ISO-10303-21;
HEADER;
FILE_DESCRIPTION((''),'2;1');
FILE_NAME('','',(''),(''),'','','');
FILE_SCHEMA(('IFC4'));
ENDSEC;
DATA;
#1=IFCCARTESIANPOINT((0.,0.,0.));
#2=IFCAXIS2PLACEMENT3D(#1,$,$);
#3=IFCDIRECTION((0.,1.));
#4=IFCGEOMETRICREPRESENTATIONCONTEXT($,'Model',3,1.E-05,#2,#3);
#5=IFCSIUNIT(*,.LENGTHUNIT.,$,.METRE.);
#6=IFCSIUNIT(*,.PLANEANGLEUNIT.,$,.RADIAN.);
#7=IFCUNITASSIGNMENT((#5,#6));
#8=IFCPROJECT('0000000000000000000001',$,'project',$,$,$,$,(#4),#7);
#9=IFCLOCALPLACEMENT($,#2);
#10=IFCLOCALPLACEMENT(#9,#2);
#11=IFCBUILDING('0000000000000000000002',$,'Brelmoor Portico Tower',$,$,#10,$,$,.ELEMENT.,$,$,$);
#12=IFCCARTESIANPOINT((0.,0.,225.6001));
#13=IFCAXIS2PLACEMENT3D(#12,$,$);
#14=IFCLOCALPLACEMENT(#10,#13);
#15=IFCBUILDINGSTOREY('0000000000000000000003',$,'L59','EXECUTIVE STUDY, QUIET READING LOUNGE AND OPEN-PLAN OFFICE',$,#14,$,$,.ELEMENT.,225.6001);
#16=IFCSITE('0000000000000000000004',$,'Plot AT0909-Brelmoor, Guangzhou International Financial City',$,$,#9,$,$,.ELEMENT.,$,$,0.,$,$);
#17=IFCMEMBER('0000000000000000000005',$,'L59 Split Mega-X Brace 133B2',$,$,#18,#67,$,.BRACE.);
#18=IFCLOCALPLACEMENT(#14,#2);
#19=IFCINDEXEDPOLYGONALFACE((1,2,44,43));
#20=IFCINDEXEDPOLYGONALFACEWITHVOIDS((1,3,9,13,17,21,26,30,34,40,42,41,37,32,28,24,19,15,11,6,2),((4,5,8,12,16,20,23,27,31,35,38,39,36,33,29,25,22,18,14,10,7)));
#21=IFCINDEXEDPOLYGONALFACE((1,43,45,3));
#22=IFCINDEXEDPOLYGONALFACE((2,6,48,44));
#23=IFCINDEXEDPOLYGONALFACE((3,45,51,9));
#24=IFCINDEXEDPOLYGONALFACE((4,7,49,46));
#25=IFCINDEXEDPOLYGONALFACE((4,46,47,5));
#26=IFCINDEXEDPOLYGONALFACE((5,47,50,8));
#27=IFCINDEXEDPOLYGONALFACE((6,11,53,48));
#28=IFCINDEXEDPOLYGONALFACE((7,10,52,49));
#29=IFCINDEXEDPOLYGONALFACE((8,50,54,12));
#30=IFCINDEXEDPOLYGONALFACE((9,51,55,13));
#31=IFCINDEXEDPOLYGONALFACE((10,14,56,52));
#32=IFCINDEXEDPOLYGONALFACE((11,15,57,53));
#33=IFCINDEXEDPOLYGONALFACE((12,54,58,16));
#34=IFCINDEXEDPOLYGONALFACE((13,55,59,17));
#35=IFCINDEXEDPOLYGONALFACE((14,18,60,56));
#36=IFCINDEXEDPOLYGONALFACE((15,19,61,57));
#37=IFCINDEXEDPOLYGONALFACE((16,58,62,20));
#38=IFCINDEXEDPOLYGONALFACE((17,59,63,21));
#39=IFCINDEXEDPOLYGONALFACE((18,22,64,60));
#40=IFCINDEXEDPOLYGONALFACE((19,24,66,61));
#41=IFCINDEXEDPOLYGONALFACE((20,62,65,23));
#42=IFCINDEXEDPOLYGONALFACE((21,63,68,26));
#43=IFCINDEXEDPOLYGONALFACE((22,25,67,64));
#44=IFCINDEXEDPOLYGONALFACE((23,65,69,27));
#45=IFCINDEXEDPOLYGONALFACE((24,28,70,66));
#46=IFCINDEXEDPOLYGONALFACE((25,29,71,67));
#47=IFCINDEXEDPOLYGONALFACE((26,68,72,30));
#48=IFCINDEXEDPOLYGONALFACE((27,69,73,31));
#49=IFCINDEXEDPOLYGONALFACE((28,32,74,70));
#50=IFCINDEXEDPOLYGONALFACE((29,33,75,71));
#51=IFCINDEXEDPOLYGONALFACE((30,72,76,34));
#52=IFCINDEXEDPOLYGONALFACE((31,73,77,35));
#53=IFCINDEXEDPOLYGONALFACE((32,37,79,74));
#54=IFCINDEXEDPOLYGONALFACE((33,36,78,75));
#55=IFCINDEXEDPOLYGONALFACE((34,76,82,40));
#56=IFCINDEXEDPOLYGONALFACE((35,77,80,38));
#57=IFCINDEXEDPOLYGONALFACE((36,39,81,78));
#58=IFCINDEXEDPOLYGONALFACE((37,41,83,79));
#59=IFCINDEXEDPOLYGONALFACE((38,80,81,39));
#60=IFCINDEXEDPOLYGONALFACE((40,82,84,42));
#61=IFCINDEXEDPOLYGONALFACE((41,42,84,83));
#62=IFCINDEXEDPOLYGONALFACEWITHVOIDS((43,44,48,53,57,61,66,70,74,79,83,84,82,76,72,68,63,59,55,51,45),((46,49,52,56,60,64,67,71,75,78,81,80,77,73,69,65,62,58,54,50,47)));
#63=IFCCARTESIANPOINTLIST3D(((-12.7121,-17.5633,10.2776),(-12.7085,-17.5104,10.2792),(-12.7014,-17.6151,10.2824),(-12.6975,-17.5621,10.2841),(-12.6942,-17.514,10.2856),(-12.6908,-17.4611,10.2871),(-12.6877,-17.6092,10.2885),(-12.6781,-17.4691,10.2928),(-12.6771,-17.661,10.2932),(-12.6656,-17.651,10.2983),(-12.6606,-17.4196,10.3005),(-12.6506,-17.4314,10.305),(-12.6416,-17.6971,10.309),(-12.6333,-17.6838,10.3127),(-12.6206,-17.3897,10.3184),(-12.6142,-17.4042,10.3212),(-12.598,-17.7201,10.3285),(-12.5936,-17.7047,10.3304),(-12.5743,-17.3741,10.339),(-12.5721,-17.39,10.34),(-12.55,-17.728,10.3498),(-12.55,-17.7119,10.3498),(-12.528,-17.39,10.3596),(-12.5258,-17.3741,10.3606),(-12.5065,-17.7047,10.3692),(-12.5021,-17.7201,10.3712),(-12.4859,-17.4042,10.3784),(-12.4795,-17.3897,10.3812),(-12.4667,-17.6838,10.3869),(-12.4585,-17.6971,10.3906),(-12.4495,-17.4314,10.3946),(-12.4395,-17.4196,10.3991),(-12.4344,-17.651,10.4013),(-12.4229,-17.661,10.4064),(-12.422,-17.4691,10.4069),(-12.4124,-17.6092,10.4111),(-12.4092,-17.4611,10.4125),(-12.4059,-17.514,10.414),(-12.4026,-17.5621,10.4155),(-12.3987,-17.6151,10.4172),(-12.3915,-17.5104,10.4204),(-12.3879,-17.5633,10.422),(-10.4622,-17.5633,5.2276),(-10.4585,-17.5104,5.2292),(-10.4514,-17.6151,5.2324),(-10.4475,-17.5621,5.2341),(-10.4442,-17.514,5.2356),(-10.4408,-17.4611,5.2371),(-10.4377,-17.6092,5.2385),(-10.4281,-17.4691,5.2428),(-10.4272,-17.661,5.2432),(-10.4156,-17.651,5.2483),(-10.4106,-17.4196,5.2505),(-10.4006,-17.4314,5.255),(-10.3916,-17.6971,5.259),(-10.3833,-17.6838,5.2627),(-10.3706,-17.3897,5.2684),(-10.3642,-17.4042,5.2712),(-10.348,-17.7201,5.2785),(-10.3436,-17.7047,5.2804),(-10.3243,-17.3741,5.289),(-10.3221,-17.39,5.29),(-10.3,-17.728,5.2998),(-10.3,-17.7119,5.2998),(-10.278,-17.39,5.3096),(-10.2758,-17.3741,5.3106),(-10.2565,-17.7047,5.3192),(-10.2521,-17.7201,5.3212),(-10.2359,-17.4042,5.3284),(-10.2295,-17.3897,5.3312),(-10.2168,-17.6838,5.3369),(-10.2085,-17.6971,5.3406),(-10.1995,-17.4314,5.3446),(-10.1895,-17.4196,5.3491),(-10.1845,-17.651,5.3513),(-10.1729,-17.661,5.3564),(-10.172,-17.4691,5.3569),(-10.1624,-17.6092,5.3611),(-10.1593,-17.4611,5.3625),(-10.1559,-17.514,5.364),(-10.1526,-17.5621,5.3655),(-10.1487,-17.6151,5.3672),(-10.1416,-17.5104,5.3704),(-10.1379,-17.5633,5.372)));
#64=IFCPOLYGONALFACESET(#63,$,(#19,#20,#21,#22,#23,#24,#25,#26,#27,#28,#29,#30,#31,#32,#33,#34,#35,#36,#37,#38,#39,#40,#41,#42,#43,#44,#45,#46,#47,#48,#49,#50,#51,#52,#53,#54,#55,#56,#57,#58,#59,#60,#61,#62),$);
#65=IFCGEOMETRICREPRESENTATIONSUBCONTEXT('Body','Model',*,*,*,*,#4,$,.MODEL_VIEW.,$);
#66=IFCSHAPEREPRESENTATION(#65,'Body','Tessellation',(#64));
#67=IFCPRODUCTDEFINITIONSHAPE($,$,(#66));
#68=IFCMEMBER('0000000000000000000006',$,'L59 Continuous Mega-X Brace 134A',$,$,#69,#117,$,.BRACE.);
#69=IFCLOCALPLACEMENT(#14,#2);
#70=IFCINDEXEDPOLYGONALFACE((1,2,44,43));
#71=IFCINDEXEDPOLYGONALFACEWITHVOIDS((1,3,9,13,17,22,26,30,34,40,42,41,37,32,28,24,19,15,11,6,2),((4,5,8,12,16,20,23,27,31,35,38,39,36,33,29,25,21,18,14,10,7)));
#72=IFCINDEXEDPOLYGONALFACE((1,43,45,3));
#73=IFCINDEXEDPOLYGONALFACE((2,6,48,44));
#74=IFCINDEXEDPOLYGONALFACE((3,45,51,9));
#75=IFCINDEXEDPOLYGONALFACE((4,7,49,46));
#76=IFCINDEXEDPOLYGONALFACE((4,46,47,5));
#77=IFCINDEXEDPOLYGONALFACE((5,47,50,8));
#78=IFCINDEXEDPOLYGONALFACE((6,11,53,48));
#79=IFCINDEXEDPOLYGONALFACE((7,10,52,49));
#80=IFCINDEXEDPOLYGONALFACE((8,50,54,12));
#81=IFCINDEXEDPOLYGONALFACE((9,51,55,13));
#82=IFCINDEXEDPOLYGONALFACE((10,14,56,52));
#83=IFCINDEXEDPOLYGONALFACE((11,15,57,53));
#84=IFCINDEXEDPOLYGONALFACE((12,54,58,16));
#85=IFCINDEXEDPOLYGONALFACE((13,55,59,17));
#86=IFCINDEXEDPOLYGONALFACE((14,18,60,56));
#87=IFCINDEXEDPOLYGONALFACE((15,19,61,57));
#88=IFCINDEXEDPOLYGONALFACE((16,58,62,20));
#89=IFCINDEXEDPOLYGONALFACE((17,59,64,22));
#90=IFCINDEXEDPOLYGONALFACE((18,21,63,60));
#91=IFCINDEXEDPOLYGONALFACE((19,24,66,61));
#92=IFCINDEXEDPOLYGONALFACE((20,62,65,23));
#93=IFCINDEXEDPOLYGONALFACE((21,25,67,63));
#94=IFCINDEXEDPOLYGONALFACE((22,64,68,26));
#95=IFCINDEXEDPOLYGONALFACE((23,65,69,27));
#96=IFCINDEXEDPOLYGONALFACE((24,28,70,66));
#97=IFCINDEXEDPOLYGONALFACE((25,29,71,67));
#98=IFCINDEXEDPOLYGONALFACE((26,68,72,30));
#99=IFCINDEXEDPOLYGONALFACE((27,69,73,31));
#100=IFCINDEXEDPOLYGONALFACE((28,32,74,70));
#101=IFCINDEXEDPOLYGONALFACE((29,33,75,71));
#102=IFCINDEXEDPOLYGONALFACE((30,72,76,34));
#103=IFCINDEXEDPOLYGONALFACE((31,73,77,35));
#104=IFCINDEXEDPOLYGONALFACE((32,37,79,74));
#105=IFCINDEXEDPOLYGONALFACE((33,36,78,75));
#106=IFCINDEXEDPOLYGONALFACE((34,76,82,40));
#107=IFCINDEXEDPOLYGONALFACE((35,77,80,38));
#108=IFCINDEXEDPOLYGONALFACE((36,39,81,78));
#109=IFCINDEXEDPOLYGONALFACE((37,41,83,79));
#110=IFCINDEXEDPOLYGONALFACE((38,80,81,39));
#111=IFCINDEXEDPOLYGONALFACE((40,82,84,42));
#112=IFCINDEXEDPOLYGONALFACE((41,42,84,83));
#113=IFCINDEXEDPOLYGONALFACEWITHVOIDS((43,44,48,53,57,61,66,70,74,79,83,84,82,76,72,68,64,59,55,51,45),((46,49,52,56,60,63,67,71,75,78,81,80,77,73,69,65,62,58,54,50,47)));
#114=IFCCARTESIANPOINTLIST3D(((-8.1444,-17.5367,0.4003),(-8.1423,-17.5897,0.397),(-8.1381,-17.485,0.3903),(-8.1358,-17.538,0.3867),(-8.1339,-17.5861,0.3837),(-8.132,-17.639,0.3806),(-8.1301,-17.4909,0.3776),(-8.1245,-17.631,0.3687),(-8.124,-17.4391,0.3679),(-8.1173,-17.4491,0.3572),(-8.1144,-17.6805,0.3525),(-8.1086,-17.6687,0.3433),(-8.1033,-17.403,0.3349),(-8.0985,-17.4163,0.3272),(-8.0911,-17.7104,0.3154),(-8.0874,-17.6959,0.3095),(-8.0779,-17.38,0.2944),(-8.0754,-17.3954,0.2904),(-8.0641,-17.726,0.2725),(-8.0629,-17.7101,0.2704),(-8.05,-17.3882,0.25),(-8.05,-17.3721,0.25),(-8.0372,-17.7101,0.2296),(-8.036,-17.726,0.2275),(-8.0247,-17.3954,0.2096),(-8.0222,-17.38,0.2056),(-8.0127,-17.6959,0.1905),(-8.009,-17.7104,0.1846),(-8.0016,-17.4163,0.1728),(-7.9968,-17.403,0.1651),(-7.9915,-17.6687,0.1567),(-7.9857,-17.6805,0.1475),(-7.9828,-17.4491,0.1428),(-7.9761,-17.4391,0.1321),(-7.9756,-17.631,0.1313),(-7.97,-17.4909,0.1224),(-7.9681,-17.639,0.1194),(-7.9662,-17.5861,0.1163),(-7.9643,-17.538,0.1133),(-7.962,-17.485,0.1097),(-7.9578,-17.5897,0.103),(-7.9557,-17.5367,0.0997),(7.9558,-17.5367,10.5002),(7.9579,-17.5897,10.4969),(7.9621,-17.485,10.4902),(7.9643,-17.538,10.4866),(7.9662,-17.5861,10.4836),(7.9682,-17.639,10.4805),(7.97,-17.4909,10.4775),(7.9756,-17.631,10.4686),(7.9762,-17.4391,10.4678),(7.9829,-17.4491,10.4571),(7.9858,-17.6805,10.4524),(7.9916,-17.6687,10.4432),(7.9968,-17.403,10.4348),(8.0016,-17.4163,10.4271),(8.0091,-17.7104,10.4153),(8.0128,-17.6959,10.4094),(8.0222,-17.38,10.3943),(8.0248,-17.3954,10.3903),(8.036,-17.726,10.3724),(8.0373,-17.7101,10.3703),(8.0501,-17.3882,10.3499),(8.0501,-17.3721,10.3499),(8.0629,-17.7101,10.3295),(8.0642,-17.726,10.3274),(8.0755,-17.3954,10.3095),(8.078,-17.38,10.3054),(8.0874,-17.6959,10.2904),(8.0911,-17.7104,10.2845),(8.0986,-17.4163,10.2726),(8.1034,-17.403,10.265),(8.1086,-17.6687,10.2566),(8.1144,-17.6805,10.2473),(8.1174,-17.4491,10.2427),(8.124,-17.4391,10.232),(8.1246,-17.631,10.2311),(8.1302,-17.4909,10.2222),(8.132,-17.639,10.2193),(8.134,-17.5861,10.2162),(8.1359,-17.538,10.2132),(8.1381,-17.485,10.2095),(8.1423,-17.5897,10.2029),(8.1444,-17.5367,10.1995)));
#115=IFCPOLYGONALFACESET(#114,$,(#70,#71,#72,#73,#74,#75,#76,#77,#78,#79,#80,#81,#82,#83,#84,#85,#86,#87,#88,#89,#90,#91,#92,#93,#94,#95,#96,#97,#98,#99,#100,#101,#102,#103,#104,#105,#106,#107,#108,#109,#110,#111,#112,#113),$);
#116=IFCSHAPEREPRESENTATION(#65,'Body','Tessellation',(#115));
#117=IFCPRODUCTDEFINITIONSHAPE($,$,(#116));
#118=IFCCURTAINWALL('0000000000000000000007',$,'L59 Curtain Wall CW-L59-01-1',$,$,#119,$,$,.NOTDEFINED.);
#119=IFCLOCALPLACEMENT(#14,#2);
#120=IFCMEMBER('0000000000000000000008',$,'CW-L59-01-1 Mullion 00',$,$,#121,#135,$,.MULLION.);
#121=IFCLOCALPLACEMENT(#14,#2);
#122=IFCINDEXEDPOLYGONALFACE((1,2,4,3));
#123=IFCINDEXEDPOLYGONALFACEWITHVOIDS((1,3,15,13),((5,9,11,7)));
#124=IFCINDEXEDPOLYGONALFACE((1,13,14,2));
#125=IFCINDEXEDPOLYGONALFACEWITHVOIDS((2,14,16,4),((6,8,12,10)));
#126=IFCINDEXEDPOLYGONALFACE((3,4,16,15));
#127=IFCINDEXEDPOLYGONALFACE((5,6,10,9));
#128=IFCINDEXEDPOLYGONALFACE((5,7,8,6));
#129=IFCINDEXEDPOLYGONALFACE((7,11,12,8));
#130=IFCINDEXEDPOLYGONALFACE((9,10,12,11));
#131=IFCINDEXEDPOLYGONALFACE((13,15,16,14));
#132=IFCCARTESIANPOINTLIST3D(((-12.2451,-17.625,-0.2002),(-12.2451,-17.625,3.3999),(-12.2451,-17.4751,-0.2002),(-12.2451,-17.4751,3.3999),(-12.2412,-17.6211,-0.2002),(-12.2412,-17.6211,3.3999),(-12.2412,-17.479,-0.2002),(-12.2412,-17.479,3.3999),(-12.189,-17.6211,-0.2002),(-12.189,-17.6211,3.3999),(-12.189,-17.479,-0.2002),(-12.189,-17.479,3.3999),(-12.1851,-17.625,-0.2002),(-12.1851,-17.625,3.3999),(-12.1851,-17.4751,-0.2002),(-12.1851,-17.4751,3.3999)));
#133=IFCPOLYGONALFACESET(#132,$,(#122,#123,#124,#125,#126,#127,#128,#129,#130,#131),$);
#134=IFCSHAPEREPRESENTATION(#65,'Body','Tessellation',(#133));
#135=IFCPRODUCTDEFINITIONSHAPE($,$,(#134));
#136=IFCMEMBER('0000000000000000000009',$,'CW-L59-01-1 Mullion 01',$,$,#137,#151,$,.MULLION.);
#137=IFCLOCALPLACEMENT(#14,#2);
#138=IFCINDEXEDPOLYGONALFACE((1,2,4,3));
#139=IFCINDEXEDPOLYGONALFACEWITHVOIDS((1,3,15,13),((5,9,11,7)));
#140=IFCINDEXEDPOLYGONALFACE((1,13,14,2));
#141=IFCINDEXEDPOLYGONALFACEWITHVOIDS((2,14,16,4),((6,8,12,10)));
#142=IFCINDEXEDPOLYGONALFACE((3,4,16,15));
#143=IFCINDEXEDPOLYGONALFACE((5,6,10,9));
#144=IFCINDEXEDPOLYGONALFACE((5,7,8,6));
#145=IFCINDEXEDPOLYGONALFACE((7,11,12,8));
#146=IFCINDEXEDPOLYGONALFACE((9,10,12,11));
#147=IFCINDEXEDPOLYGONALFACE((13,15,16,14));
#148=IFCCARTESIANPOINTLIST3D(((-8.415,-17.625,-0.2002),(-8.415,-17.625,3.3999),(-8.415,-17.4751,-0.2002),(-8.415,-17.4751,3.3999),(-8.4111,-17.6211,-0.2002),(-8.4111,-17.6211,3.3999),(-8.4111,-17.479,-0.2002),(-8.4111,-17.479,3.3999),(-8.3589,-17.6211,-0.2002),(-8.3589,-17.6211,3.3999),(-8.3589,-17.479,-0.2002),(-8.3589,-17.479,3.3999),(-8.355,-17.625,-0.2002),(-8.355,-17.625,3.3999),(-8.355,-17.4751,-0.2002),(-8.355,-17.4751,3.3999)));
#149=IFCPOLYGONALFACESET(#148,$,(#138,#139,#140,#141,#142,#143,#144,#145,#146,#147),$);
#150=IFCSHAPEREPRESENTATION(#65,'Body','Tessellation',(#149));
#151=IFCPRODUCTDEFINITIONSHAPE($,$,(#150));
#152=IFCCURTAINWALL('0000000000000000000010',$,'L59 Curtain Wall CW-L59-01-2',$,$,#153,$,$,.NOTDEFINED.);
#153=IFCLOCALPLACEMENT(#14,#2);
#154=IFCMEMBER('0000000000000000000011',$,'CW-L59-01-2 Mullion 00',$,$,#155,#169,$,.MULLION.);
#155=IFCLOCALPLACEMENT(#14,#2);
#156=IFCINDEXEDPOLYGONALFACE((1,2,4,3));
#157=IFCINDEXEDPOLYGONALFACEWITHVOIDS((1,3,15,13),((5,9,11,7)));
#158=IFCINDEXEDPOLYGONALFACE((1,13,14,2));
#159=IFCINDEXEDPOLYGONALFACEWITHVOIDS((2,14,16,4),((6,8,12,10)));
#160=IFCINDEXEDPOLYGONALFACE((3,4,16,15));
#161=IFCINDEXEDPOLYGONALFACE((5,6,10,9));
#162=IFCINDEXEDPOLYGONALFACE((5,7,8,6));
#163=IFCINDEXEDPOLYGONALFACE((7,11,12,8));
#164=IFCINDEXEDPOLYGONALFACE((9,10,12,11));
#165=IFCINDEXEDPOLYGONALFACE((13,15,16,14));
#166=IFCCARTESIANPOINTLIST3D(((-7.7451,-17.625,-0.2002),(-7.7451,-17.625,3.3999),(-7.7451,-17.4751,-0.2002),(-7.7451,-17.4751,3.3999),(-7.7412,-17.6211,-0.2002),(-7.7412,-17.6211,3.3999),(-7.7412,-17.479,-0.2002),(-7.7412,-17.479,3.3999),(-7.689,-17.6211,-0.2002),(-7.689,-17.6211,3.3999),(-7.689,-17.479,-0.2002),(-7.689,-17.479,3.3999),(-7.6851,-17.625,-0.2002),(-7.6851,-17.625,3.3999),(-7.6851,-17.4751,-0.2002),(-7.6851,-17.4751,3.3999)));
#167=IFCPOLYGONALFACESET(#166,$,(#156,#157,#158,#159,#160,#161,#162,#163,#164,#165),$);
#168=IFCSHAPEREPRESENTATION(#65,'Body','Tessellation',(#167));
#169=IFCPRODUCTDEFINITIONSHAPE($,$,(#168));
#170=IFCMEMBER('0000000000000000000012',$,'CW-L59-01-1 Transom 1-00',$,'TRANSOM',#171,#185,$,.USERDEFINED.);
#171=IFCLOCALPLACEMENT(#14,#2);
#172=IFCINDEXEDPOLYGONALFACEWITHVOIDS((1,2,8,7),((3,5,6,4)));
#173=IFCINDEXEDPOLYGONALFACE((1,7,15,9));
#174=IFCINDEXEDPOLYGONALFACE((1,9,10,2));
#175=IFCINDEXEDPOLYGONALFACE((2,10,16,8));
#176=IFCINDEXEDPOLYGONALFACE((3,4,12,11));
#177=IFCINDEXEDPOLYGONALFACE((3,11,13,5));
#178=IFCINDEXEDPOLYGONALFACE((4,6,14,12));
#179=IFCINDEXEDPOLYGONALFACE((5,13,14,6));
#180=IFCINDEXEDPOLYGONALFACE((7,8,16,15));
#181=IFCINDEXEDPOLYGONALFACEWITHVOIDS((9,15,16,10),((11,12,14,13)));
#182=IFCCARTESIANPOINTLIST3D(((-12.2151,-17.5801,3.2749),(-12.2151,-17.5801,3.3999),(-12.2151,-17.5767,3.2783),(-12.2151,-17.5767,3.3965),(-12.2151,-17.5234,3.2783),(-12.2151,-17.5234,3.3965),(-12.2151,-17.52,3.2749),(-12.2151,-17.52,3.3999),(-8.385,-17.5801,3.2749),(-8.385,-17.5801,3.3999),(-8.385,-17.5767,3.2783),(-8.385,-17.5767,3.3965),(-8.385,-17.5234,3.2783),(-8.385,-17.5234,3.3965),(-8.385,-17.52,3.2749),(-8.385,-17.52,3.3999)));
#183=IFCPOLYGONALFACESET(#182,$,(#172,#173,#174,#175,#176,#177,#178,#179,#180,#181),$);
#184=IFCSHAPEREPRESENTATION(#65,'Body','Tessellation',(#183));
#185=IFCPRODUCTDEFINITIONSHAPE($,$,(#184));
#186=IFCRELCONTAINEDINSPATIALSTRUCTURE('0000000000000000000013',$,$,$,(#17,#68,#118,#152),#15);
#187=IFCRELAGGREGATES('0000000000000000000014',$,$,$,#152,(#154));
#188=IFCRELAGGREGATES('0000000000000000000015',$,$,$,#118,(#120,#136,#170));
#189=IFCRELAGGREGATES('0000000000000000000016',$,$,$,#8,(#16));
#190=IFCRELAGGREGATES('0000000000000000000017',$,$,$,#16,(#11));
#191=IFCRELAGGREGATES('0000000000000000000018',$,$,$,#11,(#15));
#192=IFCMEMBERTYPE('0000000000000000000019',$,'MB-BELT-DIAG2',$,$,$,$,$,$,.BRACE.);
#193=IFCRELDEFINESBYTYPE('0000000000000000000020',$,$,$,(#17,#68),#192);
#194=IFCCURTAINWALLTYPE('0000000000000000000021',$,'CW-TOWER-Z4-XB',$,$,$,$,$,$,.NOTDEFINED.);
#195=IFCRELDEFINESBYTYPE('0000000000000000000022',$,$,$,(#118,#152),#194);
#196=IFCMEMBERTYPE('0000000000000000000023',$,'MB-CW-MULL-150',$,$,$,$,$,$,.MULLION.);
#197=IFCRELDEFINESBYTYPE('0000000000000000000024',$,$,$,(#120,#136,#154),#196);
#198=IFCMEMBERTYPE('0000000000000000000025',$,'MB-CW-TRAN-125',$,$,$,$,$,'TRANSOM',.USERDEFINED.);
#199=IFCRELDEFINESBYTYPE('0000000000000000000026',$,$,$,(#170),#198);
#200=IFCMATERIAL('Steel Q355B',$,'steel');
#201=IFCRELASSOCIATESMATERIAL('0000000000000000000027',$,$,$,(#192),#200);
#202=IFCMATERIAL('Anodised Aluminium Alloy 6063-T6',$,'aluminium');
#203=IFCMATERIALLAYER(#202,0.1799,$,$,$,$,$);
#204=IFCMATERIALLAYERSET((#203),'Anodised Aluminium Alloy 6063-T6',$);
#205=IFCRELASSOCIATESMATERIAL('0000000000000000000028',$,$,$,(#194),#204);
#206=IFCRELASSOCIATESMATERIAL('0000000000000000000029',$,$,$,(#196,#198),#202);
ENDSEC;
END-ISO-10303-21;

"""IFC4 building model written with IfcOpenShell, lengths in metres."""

from ifc_helpers import new_model, si_unit, direction, frame, origin, origin_2d, place, context, subcontext, project, spatial, hollow_rectangle, hollow_circle, extrude, material, layer, layer_set, material_profile, profile_set, type_object, element, aggregate, save


model = new_model("IFC4")

# Units and contexts
model_context = context("Model", 3, precision=1e-05, world=origin(), true_north=direction((0.0, 1.0)))
body_context = subcontext(model_context, "Body", "Model", "MODEL_VIEW")
ifc_project = project(units=[si_unit("LENGTHUNIT", "METRE"), si_unit("PLANEANGLEUNIT", "RADIAN")], contexts=[model_context])

# Site, building, storey
site_placement = place(None, origin())
site = spatial("IfcSite", under=ifc_project, at=site_placement, Name="Plot AT0909-Brelmoor, Guangzhou International Financial City", CompositionType="ELEMENT", RefElevation=0.0)
building_placement = place(site_placement, origin())
building = spatial("IfcBuilding", under=site, at=building_placement, Name="Brelmoor Portico Tower", CompositionType="ELEMENT")
storey_placement = place(building_placement, frame((0.0, 0.0, 225.6001)))
storey = spatial("IfcBuildingStorey", under=building, at=storey_placement, Name="L59", Description="EXECUTIVE STUDY, QUIET READING LOUNGE AND OPEN-PLAN OFFICE", CompositionType="ELEMENT", Elevation=225.6001)

# Shared definitions
ifc_material_1 = material(Name="Steel Q355B", Category="steel")

# Members
ifc_material_profile_1 = material_profile(ifc_material_1, hollow_circle(Radius=0.178, WallThickness=0.0161, at=origin_2d()), Name="CHS 356x16")
ifc_profile_set_1 = profile_set([ifc_material_profile_1], Name="Steel Q355B")
member_type_1 = type_object("IfcMemberType", Name="MB-BELT-DIAG2", PredefinedType="BRACE", material=ifc_profile_set_1)
member_1_placement = place(storey_placement, frame((-10.3, -17.55, 5.2998), z_axis=(-0.406974, 0.0, 0.91344), x_axis=(0.0, -1.0, 0.0)))
element("IfcMember", 1, at=member_1_placement, inside=storey, type_object=member_type_1, Name="L59 Split Mega-X Brace 133B2", PredefinedType="BRACE", context=body_context, shape_type="SweptSolid", body=[
    extrude(hollow_circle(Radius=0.178, WallThickness=0.0161, at=origin_2d()), origin(), (0.0, 0.0, 1.0), 5.5286),
])
member_2_placement = place(storey_placement, frame((-8.05, -17.55, 0.25), z_axis=(0.847115, 0.0, 0.531409), x_axis=(0.0, 1.0, 0.0)))
element("IfcMember", 2, at=member_2_placement, inside=storey, type_object=member_type_1, Name="L59 Continuous Mega-X Brace 134A", PredefinedType="BRACE", context=body_context, shape_type="SweptSolid", body=[
    extrude(hollow_circle(Radius=0.178, WallThickness=0.0161, at=origin_2d()), origin(), (0.0, 0.0, 1.0), 19.0059),
])

# Curtain wall, members
ifc_material_2 = material(Name="Anodised Aluminium Alloy 6063-T6", Category="aluminium")
ifc_layer_1 = layer(ifc_material_2, 0.1799)
ifc_layer_set_1 = layer_set([ifc_layer_1], Name="Anodised Aluminium Alloy 6063-T6")
curtain_wall_type = type_object("IfcCurtainWallType", Name="CW-TOWER-Z4-XB", PredefinedType="NOTDEFINED", material=ifc_layer_set_1)
curtain_wall_1_placement = place(storey_placement, origin())
curtain_wall_1 = element("IfcCurtainWall", 3, at=curtain_wall_1_placement, inside=storey, type_object=curtain_wall_type, Name="L59 Curtain Wall CW-L59-01-1", PredefinedType="NOTDEFINED")
ifc_material_profile_2 = material_profile(ifc_material_2, hollow_rectangle(XDim=0.0601, YDim=0.1499, WallThickness=0.0039, at=origin_2d()), Name="ALU MULLION 60x150")
ifc_profile_set_2 = profile_set([ifc_material_profile_2], Name="Anodised Aluminium Alloy 6063-T6")
member_type_2 = type_object("IfcMemberType", Name="MB-CW-MULL-150", PredefinedType="MULLION", material=ifc_profile_set_2)
member_3_placement = place(storey_placement, frame((-12.2151, -17.55, -0.2002), z_axis=(0.0, 0.0, 1.0), x_axis=(1.0, 0.0, 0.0)))
member_3 = element("IfcMember", 4, at=member_3_placement, type_object=member_type_2, Name="CW-L59-01-1 Mullion 00", PredefinedType="MULLION", context=body_context, shape_type="SweptSolid", body=[
    extrude(hollow_rectangle(XDim=0.0601, YDim=0.1499, WallThickness=0.0039, at=origin_2d()), origin(), (0.0, 0.0, 1.0), 3.6001),
])
member_4_placement = place(storey_placement, frame((-8.385, -17.55, -0.2002), z_axis=(0.0, 0.0, 1.0), x_axis=(1.0, 0.0, 0.0)))
member_4 = element("IfcMember", 5, at=member_4_placement, type_object=member_type_2, Name="CW-L59-01-1 Mullion 01", PredefinedType="MULLION", context=body_context, shape_type="SweptSolid", body=[
    extrude(hollow_rectangle(XDim=0.0601, YDim=0.1499, WallThickness=0.0039, at=origin_2d()), origin(), (0.0, 0.0, 1.0), 3.6001),
])

# Curtain wall, member
curtain_wall_2_placement = place(storey_placement, origin())
curtain_wall_2 = element("IfcCurtainWall", 6, at=curtain_wall_2_placement, inside=storey, type_object=curtain_wall_type, Name="L59 Curtain Wall CW-L59-01-2", PredefinedType="NOTDEFINED")
member_5_placement = place(storey_placement, frame((-7.7151, -17.55, -0.2002), z_axis=(0.0, 0.0, 1.0), x_axis=(1.0, 0.0, 0.0)))
member_5 = element("IfcMember", 7, at=member_5_placement, type_object=member_type_2, Name="CW-L59-01-2 Mullion 00", PredefinedType="MULLION", context=body_context, shape_type="SweptSolid", body=[
    extrude(hollow_rectangle(XDim=0.0601, YDim=0.1499, WallThickness=0.0039, at=origin_2d()), origin(), (0.0, 0.0, 1.0), 3.6001),
])

# Member
ifc_material_profile_3 = material_profile(ifc_material_2, hollow_rectangle(XDim=0.0601, YDim=0.125, WallThickness=0.0034, at=origin_2d()), Name="ALU TRANSOM 60x125")
ifc_profile_set_3 = profile_set([ifc_material_profile_3], Name="Anodised Aluminium Alloy 6063-T6")
member_type_3 = type_object("IfcMemberType", Name="MB-CW-TRAN-125", ElementType="TRANSOM", PredefinedType="USERDEFINED", material=ifc_profile_set_3)
member_6_placement = place(storey_placement, frame((-12.2151, -17.55, 3.3374), z_axis=(1.0, 0.0, 0.0), x_axis=(0.0, 1.0, 0.0)))
member_6 = element("IfcMember", 8, at=member_6_placement, type_object=member_type_3, Name="CW-L59-01-1 Transom 1-00", ObjectType="TRANSOM", PredefinedType="USERDEFINED", context=body_context, shape_type="SweptSolid", body=[
    extrude(hollow_rectangle(XDim=0.0601, YDim=0.125, WallThickness=0.0034, at=origin_2d()), origin(), (0.0, 0.0, 1.0), 3.8301),
])
aggregate(curtain_wall_2, [member_5])

aggregate(curtain_wall_1, [member_3, member_4, member_6])

save(model, "model.ifc")
